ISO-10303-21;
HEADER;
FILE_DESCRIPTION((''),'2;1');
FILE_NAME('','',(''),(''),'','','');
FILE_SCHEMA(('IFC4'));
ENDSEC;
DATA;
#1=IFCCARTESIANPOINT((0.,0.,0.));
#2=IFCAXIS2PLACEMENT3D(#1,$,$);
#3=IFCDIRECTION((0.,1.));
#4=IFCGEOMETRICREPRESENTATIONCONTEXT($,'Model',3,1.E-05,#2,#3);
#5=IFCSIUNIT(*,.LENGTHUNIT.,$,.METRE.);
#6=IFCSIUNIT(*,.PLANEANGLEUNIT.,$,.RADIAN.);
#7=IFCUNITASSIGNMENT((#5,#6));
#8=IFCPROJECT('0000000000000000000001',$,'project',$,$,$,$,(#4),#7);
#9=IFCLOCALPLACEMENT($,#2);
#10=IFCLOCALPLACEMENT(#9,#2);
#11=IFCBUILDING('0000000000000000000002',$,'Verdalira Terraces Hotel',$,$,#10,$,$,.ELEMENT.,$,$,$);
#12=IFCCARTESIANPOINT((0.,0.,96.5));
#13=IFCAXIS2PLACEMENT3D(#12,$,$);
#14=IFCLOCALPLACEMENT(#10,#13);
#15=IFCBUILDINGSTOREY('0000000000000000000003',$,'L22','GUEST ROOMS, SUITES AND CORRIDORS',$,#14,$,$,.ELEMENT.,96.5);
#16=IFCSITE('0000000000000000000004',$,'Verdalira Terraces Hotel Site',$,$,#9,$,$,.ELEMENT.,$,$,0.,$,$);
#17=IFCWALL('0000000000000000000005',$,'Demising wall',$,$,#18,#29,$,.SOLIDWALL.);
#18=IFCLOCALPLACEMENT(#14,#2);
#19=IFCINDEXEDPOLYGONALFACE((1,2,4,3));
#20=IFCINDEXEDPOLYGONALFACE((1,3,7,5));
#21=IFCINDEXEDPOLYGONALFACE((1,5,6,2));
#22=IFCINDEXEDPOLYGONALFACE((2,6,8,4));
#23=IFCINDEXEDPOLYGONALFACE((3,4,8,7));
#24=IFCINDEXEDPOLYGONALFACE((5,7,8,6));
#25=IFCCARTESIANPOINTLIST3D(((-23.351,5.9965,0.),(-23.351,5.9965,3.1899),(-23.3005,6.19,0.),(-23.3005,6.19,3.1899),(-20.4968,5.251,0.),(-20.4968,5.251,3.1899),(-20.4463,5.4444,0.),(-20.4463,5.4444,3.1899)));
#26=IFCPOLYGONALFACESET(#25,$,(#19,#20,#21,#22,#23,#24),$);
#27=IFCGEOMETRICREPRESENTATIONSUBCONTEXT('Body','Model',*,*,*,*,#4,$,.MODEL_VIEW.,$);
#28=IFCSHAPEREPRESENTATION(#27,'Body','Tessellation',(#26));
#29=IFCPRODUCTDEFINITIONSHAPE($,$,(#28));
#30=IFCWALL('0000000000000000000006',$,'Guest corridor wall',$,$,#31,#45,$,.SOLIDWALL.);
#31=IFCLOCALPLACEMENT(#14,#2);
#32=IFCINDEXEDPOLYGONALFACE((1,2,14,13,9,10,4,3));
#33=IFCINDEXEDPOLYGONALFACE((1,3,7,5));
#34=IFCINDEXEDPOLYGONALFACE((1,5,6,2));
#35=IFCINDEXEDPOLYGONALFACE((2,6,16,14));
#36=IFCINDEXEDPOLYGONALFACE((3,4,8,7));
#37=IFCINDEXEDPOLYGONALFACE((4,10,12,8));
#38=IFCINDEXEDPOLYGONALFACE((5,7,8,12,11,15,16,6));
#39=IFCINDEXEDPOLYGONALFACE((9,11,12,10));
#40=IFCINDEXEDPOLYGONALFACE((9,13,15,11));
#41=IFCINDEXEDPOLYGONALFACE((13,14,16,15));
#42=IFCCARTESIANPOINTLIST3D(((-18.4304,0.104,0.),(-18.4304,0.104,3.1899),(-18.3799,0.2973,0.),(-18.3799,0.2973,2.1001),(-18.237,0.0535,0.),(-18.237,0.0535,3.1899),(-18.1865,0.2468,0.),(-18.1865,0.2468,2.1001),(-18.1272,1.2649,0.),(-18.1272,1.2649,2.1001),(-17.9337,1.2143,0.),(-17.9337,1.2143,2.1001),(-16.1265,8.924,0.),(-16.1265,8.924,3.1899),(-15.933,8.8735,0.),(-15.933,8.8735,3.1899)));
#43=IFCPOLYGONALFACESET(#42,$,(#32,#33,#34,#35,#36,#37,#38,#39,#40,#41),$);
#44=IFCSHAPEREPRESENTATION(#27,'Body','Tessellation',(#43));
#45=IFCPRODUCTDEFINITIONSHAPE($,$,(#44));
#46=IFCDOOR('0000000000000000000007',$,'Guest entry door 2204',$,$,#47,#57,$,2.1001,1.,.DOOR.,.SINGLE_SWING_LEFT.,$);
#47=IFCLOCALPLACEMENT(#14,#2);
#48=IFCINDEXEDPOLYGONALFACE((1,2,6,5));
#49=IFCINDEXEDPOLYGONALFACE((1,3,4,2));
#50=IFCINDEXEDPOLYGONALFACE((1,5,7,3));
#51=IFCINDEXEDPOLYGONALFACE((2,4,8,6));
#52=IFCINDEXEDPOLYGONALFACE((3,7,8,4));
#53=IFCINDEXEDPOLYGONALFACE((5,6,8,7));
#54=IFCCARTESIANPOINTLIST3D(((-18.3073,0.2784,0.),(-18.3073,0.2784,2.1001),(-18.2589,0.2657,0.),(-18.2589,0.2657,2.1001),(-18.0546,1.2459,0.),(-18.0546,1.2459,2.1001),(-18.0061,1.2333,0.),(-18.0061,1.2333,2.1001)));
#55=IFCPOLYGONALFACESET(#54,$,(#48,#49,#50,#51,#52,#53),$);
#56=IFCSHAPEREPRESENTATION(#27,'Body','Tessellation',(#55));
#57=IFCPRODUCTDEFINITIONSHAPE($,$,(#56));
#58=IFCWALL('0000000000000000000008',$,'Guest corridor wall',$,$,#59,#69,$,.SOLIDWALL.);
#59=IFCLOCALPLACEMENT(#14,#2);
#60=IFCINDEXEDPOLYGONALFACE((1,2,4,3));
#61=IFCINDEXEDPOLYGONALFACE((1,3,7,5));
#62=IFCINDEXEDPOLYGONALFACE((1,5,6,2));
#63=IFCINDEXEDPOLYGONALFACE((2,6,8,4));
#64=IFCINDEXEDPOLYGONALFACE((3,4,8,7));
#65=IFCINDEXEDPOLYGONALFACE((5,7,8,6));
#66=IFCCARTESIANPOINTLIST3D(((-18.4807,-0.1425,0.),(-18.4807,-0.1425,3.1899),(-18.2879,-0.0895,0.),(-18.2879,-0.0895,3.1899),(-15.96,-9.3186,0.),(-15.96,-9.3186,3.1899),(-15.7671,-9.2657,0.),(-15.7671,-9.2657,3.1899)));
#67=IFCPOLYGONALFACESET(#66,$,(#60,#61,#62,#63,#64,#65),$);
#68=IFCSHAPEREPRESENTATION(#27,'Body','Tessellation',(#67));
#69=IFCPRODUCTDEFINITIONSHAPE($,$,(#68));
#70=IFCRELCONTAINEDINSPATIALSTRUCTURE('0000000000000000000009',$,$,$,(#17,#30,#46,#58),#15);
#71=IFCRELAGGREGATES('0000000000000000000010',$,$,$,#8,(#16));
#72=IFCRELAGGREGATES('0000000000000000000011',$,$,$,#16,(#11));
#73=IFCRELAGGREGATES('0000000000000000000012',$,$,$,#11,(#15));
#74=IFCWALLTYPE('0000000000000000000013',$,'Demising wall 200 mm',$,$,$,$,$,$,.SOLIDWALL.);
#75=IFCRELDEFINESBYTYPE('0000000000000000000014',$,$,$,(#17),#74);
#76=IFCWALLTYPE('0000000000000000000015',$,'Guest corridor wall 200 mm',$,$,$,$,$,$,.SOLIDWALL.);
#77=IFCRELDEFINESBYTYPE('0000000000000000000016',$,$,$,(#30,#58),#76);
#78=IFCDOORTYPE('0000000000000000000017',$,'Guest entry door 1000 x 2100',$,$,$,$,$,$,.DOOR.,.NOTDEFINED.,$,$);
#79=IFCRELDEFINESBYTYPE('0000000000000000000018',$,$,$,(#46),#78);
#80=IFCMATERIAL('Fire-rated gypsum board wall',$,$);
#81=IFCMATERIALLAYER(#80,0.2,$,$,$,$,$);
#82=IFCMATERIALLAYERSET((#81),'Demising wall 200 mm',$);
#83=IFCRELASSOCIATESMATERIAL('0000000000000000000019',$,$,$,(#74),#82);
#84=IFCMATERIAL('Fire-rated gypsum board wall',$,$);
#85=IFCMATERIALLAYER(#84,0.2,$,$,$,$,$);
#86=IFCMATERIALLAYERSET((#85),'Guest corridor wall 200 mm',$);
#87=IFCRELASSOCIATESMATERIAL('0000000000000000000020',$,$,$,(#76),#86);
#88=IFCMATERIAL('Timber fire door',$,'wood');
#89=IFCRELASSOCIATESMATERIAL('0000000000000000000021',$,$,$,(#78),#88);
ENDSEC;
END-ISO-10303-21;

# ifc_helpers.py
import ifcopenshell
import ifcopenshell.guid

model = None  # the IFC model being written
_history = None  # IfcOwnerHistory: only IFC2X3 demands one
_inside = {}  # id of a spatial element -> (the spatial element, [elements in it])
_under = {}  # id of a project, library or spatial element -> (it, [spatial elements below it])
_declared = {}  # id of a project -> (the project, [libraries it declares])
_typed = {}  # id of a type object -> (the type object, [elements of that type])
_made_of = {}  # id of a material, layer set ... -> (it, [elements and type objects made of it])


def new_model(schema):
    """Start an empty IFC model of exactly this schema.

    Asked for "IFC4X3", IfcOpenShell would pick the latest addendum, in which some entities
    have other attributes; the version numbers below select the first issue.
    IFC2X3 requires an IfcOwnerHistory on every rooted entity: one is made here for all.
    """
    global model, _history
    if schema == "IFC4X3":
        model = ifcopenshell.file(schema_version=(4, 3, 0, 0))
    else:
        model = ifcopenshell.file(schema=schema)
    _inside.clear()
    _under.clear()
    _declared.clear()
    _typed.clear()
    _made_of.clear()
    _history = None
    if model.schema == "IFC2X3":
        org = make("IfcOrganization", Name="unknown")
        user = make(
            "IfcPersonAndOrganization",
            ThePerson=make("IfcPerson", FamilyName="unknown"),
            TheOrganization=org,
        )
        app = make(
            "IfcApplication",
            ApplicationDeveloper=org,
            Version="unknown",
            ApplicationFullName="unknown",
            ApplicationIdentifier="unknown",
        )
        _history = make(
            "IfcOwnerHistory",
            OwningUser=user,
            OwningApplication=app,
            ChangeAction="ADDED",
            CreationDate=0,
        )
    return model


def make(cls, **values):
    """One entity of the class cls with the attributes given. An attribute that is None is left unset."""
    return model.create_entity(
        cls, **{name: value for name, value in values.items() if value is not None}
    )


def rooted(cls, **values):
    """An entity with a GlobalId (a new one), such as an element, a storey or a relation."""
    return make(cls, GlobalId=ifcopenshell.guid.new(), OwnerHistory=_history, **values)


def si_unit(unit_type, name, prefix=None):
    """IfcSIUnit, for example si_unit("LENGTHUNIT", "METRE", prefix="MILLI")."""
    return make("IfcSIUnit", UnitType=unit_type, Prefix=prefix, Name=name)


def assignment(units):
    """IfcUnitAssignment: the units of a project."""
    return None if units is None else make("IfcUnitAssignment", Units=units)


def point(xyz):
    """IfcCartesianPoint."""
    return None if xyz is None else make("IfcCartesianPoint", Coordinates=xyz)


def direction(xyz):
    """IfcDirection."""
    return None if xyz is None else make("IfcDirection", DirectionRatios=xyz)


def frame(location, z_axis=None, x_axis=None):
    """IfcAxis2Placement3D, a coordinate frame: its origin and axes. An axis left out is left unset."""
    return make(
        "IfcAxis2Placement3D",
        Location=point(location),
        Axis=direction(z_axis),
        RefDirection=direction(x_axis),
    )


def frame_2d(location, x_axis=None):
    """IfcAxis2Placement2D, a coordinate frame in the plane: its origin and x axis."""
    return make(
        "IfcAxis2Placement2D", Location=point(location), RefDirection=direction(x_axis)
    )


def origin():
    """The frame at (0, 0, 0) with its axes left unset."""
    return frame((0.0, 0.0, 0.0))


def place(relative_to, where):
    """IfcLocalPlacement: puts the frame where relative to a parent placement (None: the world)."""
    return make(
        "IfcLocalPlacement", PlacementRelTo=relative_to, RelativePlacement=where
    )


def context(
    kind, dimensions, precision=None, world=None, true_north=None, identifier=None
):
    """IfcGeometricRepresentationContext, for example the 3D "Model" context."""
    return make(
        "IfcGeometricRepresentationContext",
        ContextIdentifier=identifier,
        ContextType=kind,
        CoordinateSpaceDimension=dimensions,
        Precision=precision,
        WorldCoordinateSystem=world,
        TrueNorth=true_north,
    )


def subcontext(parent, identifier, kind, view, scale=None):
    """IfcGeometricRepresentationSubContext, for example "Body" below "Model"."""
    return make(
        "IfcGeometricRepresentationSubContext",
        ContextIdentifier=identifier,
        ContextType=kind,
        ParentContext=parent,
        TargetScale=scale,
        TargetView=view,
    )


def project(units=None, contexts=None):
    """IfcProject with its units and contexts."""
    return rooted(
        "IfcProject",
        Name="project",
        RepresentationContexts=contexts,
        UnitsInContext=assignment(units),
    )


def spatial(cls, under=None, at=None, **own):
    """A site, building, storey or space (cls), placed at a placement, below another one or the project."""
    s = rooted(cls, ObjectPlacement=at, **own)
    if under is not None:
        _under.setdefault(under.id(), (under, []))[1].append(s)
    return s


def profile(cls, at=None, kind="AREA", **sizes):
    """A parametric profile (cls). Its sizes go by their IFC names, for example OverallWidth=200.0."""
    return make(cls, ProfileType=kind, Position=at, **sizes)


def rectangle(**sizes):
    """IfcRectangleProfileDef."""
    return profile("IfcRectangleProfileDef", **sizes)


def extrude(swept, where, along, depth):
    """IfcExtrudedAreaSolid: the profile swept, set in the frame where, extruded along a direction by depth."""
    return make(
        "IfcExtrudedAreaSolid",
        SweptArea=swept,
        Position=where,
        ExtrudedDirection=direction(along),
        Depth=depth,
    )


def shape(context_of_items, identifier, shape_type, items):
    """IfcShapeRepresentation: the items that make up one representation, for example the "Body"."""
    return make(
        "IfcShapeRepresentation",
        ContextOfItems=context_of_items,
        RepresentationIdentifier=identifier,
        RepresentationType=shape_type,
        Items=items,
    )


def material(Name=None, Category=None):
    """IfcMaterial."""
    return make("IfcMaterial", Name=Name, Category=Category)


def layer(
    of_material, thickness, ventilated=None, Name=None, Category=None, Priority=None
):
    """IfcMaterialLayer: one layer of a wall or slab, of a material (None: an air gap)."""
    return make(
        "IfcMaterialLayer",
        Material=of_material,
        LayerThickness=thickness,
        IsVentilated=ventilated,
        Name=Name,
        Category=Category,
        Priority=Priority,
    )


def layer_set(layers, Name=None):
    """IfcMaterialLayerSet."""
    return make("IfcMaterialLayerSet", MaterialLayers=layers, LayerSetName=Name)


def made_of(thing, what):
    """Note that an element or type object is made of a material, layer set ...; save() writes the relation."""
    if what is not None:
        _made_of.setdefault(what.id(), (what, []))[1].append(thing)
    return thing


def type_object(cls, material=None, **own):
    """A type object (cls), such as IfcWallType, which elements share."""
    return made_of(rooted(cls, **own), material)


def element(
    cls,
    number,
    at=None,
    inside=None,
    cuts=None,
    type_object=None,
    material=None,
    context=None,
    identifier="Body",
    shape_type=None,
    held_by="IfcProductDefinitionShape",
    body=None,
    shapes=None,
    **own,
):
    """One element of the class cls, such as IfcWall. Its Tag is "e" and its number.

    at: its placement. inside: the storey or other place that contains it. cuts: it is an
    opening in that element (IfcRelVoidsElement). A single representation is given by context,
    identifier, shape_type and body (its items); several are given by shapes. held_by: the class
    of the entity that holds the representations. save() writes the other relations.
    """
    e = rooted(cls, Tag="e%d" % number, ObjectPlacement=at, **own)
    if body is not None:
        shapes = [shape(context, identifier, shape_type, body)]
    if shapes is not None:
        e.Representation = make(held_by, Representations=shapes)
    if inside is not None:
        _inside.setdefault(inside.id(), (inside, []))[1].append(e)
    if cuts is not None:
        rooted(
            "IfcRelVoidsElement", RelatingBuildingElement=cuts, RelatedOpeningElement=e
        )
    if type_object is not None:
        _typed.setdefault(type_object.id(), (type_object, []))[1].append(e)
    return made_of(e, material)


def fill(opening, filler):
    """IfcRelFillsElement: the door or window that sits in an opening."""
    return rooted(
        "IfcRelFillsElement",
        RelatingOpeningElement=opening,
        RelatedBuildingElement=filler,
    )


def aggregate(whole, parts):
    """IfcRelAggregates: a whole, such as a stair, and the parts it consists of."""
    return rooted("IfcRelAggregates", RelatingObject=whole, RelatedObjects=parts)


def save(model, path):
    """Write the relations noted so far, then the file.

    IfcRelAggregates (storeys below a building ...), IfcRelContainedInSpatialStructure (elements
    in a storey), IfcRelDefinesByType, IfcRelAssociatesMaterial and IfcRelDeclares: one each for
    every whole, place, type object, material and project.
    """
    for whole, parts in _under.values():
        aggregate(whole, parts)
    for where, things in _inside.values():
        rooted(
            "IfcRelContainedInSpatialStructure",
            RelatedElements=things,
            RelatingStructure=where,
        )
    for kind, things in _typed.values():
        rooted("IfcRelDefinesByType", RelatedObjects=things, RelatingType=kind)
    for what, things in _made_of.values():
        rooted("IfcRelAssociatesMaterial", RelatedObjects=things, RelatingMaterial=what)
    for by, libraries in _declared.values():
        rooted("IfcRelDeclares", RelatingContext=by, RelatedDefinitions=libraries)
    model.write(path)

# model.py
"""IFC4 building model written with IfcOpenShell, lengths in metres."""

from ifc_helpers import new_model, si_unit, direction, frame, frame_2d, origin, place, context, subcontext, project, spatial, rectangle, extrude, material, layer, layer_set, type_object, element, fill, save


model = new_model("IFC4")

# Units and contexts
model_context = context("Model", 3, precision=1e-05, world=origin(), true_north=direction((0.0, 1.0)))
body_context = subcontext(model_context, "Body", "Model", "MODEL_VIEW")
ifc_project = project(units=[si_unit("LENGTHUNIT", "METRE"), si_unit("PLANEANGLEUNIT", "RADIAN")], contexts=[model_context])

# Site, building, storey
site_placement = place(None, origin())
site = spatial("IfcSite", under=ifc_project, at=site_placement, Name="Verdalira Terraces Hotel Site", CompositionType="ELEMENT", RefElevation=0.0)
building_placement = place(site_placement, origin())
building = spatial("IfcBuilding", under=site, at=building_placement, Name="Verdalira Terraces Hotel", CompositionType="ELEMENT")
storey_placement = place(building_placement, frame((0.0, 0.0, 96.5)))
storey = spatial("IfcBuildingStorey", under=building, at=storey_placement, Name="L22", Description="GUEST ROOMS, SUITES AND CORRIDORS", CompositionType="ELEMENT", Elevation=96.5)

# Wall
ifc_material_1 = material(Name="Fire-rated gypsum board wall")
ifc_layer_1 = layer(ifc_material_1, 0.2)
ifc_layer_set_1 = layer_set([ifc_layer_1], Name="Demising wall 200 mm")
wall_type_1 = type_object("IfcWallType", Name="Demising wall 200 mm", PredefinedType="SOLIDWALL", material=ifc_layer_set_1)
wall_1_placement = place(storey_placement, frame((-20.4714, 5.3477, 0.0), z_axis=(0.0, 0.0, 1.0), x_axis=(-0.967533, 0.252745, 0.0)))
element("IfcWall", 1, at=wall_1_placement, inside=storey, type_object=wall_type_1, Name="Demising wall", PredefinedType="SOLIDWALL", context=body_context, shape_type="SweptSolid", body=[
    extrude(rectangle(XDim=2.95, YDim=0.2, at=frame_2d((1.4751, 0.0))), origin(), (0.0, 0.0, 1.0), 3.1899),
])

# Wall, opening, door
ifc_material_2 = material(Name="Fire-rated gypsum board wall")
ifc_layer_2 = layer(ifc_material_2, 0.2)
ifc_layer_set_2 = layer_set([ifc_layer_2], Name="Guest corridor wall 200 mm")
wall_type_2 = type_object("IfcWallType", Name="Guest corridor wall 200 mm", PredefinedType="SOLIDWALL", material=ifc_layer_set_2)
wall_2_placement = place(storey_placement, frame((-18.3337, 0.0786, 0.0), z_axis=(0.0, 0.0, 1.0), x_axis=(0.252737, 0.967535, 0.0)))
wall_2 = element("IfcWall", 2, at=wall_2_placement, inside=storey, type_object=wall_type_2, Name="Guest corridor wall", PredefinedType="SOLIDWALL", context=body_context, shape_type="SweptSolid", body=[
    extrude(rectangle(XDim=9.116, YDim=0.2, at=frame_2d((4.5581, 0.0))), origin(), (0.0, 0.0, 1.0), 3.1899),
])
opening_1_placement = place(wall_2_placement, frame((0.2, 0.0, 0.0)))
opening_1 = element("IfcOpeningElement", 3, at=opening_1_placement, cuts=wall_2, PredefinedType="OPENING", context=body_context, shape_type="SweptSolid", body=[
    extrude(rectangle(XDim=1.0, YDim=2.1001, at=frame_2d((0.5, 1.05))), frame((0.0, 0.1099, 0.0), z_axis=(0.0, -1.0, 0.0), x_axis=(1.0, 0.0, 0.0)), (0.0, 0.0, 1.0), 0.22),
])
ifc_material_3 = material(Name="Timber fire door", Category="wood")
door_type_1 = type_object("IfcDoorType", Name="Guest entry door 1000 x 2100", OperationType="NOTDEFINED", PredefinedType="DOOR", material=ifc_material_3)
door_1_placement = place(opening_1_placement, origin())
door_1 = element("IfcDoor", 4, at=door_1_placement, inside=storey, type_object=door_type_1, Name="Guest entry door 2204", OperationType="SINGLE_SWING_LEFT", OverallHeight=2.1001, OverallWidth=1.0, PredefinedType="DOOR", context=body_context, shape_type="SweptSolid", body=[
    extrude(rectangle(XDim=1.0, YDim=2.1001, at=frame_2d((0.5, 1.05))), frame((0.0, 0.0249, 0.0), z_axis=(0.0, -1.0, 0.0), x_axis=(1.0, 0.0, 0.0)), (0.0, 0.0, 1.0), 0.05),
])
fill(opening_1, door_1)

# Wall
wall_3_placement = place(storey_placement, frame((-18.3843, -0.116, 0.0), z_axis=(0.0, 0.0, 1.0), x_axis=(0.264891, -0.964278, 0.0)))
element("IfcWall", 5, at=wall_3_placement, inside=storey, type_object=wall_type_2, Name="Guest corridor wall", PredefinedType="SOLIDWALL", context=body_context, shape_type="SweptSolid", body=[
    extrude(rectangle(XDim=9.5161, YDim=0.2, at=frame_2d((4.7581, 0.0))), origin(), (0.0, 0.0, 1.0), 3.1899),
])

save(model, "model.ifc")
